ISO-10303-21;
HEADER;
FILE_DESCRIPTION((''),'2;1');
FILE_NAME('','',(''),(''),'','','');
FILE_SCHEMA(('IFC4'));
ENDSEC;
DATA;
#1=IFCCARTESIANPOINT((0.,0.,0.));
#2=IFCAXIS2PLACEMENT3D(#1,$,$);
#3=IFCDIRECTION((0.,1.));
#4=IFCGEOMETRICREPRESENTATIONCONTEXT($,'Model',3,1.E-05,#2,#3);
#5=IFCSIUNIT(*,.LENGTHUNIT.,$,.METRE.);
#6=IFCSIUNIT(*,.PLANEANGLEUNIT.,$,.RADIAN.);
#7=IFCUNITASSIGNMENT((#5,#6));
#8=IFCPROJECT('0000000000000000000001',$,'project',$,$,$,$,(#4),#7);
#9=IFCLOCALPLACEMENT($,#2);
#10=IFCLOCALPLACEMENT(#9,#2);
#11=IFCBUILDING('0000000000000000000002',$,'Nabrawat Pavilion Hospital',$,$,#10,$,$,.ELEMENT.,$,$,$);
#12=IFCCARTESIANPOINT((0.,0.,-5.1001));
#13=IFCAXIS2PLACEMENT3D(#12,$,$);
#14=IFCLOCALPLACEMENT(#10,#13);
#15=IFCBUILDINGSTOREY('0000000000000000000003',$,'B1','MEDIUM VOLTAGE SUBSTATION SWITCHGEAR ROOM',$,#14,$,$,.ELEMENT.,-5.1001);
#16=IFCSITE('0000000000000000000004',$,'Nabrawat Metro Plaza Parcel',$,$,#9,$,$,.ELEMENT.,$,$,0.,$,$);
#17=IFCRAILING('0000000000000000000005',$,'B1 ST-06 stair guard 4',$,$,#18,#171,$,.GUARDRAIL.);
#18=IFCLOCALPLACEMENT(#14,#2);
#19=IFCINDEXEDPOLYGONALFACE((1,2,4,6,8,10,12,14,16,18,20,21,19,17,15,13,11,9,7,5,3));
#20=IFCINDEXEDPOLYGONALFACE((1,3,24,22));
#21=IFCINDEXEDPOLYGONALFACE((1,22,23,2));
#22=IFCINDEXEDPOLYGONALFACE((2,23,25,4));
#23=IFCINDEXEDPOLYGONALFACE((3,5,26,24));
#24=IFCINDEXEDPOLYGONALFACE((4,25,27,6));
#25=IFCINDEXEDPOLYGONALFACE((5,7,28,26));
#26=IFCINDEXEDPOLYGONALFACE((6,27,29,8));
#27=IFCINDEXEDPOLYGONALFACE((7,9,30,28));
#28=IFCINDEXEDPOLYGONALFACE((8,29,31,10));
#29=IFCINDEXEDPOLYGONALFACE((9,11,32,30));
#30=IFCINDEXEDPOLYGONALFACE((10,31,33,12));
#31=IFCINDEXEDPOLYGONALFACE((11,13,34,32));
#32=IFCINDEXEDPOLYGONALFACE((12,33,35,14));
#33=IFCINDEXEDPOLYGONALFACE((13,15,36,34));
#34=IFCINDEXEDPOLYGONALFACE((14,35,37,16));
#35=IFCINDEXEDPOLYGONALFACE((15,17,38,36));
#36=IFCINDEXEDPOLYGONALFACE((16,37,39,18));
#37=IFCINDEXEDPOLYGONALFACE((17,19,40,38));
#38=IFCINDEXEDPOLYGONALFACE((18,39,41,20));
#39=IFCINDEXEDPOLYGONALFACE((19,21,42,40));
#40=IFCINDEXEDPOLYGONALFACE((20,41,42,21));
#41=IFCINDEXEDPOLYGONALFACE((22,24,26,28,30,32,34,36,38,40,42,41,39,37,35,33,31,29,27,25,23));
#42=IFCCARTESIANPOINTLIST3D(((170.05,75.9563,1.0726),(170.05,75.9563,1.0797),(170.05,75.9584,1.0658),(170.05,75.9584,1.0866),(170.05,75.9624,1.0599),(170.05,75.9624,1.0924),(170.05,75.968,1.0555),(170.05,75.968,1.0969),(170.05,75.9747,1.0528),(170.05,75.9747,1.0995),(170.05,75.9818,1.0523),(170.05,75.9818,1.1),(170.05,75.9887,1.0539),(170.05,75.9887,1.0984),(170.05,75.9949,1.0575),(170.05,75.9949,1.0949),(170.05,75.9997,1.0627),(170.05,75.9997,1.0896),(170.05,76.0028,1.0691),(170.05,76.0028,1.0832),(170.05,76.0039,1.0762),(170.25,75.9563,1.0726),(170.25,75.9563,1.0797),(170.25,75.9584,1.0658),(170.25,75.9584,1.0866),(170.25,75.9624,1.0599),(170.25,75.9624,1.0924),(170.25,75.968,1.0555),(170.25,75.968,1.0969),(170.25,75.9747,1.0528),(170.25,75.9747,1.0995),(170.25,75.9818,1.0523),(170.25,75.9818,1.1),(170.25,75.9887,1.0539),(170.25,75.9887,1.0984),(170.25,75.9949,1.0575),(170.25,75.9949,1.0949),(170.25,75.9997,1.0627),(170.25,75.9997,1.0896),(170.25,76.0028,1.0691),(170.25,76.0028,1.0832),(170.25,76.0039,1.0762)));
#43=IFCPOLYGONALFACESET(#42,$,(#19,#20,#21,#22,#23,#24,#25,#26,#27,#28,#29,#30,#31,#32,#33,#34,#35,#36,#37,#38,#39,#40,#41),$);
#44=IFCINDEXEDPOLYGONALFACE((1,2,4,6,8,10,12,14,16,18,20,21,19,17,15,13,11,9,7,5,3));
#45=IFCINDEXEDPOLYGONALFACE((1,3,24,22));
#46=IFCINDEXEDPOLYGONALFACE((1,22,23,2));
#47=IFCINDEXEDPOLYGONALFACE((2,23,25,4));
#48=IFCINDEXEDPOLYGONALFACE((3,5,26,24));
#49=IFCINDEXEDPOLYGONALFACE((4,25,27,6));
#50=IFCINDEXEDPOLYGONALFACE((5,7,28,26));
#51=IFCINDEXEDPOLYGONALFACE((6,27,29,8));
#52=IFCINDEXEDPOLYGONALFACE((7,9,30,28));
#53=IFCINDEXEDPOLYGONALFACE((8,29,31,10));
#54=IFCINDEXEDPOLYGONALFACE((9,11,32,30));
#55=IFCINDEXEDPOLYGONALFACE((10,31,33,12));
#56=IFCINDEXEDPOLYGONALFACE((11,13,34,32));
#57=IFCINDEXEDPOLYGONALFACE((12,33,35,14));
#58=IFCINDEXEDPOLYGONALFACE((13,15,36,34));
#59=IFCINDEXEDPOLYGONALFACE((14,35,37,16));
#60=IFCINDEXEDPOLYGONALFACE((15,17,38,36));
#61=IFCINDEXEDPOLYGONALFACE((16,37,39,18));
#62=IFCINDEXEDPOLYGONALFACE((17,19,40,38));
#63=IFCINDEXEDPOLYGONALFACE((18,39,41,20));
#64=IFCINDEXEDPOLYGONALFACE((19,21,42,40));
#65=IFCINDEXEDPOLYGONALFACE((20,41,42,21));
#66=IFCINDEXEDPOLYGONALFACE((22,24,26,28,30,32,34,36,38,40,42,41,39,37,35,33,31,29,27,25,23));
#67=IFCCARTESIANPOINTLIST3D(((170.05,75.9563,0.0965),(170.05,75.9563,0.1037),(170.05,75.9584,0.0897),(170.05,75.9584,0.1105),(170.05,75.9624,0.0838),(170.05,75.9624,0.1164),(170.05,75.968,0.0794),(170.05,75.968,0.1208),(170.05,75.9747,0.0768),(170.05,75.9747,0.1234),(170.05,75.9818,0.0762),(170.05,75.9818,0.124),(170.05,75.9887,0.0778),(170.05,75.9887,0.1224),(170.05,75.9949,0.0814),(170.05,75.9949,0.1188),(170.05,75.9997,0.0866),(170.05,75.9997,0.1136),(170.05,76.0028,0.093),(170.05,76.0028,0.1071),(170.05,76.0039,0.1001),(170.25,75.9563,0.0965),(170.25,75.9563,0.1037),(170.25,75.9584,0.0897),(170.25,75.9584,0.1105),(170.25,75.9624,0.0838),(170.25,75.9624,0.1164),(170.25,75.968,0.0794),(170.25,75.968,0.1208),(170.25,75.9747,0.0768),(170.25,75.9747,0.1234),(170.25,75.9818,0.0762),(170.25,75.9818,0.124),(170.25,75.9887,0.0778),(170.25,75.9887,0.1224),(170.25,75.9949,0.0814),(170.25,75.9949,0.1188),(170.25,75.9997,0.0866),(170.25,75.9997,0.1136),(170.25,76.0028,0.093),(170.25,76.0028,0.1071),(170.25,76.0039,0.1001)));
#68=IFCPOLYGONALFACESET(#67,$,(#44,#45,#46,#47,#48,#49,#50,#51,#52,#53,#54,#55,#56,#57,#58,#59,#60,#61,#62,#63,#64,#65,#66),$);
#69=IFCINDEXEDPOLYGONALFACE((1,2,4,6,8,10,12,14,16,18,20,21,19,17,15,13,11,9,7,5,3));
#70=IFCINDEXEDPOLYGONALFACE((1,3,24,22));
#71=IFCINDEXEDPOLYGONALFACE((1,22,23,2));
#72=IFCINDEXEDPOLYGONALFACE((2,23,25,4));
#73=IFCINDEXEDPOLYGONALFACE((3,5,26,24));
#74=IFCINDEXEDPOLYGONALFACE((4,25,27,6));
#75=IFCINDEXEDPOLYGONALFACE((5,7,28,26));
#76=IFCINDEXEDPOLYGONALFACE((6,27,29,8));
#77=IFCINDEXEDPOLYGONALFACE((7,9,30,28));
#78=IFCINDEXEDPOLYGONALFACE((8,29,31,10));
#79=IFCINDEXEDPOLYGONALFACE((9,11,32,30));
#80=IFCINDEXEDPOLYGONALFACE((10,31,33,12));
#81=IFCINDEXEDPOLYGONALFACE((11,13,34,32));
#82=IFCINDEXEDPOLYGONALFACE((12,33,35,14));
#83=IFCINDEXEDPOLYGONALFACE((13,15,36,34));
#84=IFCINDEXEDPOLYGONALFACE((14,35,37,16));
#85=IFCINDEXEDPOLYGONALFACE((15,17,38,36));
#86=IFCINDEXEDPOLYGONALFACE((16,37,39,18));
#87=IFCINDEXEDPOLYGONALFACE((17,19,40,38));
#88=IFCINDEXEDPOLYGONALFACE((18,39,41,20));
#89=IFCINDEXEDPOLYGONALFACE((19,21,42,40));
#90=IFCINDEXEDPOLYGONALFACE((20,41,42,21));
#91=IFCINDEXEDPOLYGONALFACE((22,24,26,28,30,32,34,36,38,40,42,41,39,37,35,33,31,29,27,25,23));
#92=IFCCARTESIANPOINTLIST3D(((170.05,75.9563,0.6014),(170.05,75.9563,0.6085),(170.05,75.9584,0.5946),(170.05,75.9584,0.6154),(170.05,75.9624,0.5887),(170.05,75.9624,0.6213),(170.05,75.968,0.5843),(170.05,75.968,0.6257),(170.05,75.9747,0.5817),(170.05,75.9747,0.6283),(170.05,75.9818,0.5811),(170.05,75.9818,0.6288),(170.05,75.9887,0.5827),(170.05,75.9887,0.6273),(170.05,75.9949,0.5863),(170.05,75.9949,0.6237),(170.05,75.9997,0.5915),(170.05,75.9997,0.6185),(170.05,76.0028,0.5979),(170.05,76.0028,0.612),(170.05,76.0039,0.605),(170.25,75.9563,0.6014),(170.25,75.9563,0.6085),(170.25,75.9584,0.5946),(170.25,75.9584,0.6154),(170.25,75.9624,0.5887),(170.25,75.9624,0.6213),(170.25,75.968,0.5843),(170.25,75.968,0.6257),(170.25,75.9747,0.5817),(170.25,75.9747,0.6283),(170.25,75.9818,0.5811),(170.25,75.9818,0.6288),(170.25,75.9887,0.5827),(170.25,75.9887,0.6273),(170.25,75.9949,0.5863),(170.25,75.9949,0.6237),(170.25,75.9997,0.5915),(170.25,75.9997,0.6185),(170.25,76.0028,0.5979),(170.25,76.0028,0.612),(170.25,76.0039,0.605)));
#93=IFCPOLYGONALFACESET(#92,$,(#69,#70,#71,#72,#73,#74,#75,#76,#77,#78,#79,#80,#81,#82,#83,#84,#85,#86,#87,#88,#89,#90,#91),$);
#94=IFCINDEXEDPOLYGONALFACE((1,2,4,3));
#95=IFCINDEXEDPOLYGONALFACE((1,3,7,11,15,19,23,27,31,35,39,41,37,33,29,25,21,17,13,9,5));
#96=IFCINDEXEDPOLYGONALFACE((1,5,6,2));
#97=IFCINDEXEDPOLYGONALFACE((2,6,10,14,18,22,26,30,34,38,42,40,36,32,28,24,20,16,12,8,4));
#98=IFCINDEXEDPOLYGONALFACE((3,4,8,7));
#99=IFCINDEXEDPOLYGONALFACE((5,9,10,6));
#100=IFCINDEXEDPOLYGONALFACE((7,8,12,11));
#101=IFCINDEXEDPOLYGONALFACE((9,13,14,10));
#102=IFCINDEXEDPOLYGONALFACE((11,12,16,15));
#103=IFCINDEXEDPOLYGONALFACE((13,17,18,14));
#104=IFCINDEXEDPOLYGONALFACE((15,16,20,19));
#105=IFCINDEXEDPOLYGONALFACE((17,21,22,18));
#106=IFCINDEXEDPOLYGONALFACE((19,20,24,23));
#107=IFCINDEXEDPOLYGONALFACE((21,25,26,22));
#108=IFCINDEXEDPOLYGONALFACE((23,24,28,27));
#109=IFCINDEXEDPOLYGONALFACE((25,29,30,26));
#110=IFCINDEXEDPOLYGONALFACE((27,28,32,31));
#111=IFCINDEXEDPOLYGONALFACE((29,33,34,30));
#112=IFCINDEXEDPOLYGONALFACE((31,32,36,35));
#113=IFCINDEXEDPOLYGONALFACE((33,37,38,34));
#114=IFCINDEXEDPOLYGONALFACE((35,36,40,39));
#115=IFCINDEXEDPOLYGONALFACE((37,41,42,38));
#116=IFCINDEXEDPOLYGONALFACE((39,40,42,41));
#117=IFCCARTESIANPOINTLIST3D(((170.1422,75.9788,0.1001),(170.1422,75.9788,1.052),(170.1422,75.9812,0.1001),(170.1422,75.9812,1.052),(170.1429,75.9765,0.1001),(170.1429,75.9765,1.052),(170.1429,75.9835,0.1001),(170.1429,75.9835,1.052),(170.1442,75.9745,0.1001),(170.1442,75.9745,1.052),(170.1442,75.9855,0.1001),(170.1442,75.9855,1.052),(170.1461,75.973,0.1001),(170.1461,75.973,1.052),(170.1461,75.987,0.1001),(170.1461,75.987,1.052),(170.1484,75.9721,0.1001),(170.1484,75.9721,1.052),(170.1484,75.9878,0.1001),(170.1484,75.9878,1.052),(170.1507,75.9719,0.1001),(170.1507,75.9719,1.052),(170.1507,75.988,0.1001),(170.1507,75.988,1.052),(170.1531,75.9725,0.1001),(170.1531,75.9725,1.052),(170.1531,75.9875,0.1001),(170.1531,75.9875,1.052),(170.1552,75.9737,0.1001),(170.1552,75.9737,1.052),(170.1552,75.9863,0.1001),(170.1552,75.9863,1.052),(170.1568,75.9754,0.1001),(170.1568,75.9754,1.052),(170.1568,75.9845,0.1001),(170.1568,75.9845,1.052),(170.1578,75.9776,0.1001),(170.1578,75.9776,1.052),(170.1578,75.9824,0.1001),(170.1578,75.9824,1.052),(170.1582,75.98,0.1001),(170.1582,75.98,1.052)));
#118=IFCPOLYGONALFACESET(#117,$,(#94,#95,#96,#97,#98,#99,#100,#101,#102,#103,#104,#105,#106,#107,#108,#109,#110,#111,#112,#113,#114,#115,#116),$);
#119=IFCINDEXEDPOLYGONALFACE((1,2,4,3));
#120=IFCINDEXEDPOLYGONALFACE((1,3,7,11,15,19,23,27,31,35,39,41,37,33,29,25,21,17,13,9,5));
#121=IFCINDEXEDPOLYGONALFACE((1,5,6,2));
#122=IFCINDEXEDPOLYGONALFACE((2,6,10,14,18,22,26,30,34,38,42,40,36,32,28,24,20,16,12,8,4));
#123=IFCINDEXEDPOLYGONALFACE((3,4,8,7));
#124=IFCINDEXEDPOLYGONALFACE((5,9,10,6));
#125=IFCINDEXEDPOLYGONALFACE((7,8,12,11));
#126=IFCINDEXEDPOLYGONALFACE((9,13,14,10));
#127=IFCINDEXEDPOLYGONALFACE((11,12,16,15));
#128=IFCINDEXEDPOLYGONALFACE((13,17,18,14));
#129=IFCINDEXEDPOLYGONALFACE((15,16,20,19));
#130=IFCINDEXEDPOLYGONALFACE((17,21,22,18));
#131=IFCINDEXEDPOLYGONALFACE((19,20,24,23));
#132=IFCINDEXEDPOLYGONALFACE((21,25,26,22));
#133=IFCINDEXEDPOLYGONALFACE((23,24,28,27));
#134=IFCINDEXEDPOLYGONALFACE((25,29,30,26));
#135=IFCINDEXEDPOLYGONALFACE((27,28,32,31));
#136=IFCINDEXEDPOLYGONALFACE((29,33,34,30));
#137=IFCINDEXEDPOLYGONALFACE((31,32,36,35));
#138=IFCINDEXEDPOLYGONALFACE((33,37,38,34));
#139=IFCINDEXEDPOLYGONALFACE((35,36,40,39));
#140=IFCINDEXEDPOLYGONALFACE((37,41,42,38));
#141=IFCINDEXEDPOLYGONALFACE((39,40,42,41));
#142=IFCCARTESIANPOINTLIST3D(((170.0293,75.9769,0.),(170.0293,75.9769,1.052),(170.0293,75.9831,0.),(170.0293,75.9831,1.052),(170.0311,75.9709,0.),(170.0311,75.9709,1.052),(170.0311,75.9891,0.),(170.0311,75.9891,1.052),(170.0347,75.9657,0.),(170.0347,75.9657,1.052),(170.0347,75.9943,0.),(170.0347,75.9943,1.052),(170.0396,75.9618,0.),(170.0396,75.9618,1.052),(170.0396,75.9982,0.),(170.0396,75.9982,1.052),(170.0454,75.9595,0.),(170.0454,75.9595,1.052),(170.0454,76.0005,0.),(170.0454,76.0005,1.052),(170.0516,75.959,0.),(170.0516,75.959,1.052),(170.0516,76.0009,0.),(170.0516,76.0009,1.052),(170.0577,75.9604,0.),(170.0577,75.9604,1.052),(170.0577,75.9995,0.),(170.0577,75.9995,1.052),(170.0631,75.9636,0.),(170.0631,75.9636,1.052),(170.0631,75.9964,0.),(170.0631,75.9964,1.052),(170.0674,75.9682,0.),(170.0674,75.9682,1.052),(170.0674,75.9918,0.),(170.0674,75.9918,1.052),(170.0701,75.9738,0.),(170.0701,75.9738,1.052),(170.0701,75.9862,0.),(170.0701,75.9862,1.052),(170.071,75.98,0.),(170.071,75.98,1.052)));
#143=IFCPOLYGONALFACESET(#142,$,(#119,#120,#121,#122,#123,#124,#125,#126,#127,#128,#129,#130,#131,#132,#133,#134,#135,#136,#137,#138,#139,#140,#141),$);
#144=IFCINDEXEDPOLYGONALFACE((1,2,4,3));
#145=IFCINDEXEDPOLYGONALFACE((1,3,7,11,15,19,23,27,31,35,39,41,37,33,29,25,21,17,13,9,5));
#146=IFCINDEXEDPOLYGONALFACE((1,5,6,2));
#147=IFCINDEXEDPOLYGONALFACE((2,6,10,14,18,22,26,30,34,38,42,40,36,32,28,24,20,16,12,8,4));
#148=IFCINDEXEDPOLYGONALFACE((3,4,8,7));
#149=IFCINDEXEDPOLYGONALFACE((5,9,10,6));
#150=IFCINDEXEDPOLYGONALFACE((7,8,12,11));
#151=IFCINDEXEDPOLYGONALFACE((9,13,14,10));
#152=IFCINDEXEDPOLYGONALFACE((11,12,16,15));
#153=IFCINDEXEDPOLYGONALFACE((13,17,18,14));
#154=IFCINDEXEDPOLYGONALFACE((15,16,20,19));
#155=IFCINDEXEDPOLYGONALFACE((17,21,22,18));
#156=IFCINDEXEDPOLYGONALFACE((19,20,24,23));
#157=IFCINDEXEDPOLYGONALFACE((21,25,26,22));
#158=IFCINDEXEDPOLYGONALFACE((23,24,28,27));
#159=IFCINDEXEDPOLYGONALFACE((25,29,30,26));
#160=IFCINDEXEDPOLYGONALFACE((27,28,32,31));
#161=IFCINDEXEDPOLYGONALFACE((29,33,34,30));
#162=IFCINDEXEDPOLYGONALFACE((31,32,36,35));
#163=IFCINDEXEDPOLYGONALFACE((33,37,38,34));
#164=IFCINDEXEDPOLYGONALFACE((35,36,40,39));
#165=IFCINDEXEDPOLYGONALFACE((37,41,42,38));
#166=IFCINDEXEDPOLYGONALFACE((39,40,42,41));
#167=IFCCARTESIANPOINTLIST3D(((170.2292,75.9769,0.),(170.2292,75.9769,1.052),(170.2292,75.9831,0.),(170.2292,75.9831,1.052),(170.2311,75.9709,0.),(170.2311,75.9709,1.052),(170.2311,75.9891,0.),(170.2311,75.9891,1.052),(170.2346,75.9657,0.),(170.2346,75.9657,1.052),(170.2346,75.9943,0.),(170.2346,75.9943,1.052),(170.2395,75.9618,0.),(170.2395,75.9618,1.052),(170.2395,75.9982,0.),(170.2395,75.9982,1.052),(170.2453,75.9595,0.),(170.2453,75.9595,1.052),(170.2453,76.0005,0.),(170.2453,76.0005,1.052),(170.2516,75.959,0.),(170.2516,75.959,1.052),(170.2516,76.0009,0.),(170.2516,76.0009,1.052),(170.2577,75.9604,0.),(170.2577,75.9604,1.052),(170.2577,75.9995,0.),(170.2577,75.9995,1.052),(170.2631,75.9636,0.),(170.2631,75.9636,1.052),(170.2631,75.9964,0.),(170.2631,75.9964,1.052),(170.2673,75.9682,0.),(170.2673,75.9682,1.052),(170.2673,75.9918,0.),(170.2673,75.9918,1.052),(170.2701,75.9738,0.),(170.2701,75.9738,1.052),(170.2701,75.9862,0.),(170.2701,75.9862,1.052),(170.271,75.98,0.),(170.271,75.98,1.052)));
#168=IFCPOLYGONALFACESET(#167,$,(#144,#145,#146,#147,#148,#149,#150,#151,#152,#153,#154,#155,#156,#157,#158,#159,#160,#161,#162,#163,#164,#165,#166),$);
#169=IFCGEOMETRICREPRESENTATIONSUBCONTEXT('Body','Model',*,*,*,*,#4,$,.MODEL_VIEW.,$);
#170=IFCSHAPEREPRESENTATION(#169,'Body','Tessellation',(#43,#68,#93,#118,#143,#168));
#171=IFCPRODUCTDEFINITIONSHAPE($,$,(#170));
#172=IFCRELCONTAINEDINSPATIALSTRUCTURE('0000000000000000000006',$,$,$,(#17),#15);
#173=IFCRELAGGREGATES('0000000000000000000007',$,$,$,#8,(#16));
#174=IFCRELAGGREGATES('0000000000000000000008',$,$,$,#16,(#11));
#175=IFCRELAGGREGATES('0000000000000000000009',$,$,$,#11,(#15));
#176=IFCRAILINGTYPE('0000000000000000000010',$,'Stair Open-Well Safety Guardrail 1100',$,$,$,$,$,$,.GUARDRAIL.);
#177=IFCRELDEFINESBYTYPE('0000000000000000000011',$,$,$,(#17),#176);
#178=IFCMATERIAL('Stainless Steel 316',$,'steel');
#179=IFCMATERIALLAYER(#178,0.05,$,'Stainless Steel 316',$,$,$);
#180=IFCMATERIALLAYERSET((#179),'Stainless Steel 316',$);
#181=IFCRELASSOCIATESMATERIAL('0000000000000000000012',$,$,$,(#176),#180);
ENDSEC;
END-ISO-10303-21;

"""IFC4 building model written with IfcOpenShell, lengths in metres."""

from ifc_helpers import new_model, si_unit, direction, frame, origin, origin_2d, place, context, subcontext, project, spatial, circle, extrude, material, layer, layer_set, type_object, element, save


model = new_model("IFC4")

# Units and contexts
model_context = context("Model", 3, precision=1e-05, world=origin(), true_north=direction((0.0, 1.0)))
body_context = subcontext(model_context, "Body", "Model", "MODEL_VIEW")
ifc_project = project(units=[si_unit("LENGTHUNIT", "METRE"), si_unit("PLANEANGLEUNIT", "RADIAN")], contexts=[model_context])

# Site, building, storey
site_placement = place(None, origin())
site = spatial("IfcSite", under=ifc_project, at=site_placement, Name="Nabrawat Metro Plaza Parcel", CompositionType="ELEMENT", RefElevation=0.0)
building_placement = place(site_placement, origin())
building = spatial("IfcBuilding", under=site, at=building_placement, Name="Nabrawat Pavilion Hospital", CompositionType="ELEMENT")
storey_placement = place(building_placement, frame((0.0, 0.0, -5.1001)))
storey = spatial("IfcBuildingStorey", under=building, at=storey_placement, Name="B1", Description="MEDIUM VOLTAGE SUBSTATION SWITCHGEAR ROOM", CompositionType="ELEMENT", Elevation=-5.1001)

# Railing
ifc_material_1 = material(Name="Stainless Steel 316", Category="steel")
ifc_layer_1 = layer(ifc_material_1, 0.05, Name="Stainless Steel 316")
ifc_layer_set_1 = layer_set([ifc_layer_1], Name="Stainless Steel 316")
railing_type_1 = type_object("IfcRailingType", Name="Stair Open-Well Safety Guardrail 1100", PredefinedType="GUARDRAIL", material=ifc_layer_set_1)
railing_1_placement = place(storey_placement, frame((170.05, 75.98, 0.0)))
element("IfcRailing", 1, at=railing_1_placement, inside=storey, type_object=railing_type_1, Name="B1 ST-06 stair guard 4", PredefinedType="GUARDRAIL", context=body_context, shape_type="SweptSolid", body=[
    extrude(circle(Radius=0.0239, at=origin_2d()), frame((0.0, 0.0, 1.0762), z_axis=(1.0, 0.0, 0.0), x_axis=(0.0, 1.0, 0.0)), (0.0, 0.0, 1.0), 0.2),
    extrude(circle(Radius=0.0239, at=origin_2d()), frame((0.0, 0.0, 0.1001), z_axis=(1.0, 0.0, 0.0), x_axis=(0.0, 1.0, 0.0)), (0.0, 0.0, 1.0), 0.2),
    extrude(circle(Radius=0.0239, at=origin_2d()), frame((0.0, 0.0, 0.605), z_axis=(1.0, 0.0, 0.0), x_axis=(0.0, 1.0, 0.0)), (0.0, 0.0, 1.0), 0.2),
    extrude(circle(Radius=0.0081, at=origin_2d()), frame((0.1001, 0.0, 0.1001)), (0.0, 0.0, 1.0), 0.9519),
    extrude(circle(Radius=0.021, at=origin_2d()), origin(), (0.0, 0.0, 1.0), 1.052),
    extrude(circle(Radius=0.021, at=origin_2d()), frame((0.2, 0.0, 0.0)), (0.0, 0.0, 1.0), 1.052),
])

save(model, "model.ifc")
